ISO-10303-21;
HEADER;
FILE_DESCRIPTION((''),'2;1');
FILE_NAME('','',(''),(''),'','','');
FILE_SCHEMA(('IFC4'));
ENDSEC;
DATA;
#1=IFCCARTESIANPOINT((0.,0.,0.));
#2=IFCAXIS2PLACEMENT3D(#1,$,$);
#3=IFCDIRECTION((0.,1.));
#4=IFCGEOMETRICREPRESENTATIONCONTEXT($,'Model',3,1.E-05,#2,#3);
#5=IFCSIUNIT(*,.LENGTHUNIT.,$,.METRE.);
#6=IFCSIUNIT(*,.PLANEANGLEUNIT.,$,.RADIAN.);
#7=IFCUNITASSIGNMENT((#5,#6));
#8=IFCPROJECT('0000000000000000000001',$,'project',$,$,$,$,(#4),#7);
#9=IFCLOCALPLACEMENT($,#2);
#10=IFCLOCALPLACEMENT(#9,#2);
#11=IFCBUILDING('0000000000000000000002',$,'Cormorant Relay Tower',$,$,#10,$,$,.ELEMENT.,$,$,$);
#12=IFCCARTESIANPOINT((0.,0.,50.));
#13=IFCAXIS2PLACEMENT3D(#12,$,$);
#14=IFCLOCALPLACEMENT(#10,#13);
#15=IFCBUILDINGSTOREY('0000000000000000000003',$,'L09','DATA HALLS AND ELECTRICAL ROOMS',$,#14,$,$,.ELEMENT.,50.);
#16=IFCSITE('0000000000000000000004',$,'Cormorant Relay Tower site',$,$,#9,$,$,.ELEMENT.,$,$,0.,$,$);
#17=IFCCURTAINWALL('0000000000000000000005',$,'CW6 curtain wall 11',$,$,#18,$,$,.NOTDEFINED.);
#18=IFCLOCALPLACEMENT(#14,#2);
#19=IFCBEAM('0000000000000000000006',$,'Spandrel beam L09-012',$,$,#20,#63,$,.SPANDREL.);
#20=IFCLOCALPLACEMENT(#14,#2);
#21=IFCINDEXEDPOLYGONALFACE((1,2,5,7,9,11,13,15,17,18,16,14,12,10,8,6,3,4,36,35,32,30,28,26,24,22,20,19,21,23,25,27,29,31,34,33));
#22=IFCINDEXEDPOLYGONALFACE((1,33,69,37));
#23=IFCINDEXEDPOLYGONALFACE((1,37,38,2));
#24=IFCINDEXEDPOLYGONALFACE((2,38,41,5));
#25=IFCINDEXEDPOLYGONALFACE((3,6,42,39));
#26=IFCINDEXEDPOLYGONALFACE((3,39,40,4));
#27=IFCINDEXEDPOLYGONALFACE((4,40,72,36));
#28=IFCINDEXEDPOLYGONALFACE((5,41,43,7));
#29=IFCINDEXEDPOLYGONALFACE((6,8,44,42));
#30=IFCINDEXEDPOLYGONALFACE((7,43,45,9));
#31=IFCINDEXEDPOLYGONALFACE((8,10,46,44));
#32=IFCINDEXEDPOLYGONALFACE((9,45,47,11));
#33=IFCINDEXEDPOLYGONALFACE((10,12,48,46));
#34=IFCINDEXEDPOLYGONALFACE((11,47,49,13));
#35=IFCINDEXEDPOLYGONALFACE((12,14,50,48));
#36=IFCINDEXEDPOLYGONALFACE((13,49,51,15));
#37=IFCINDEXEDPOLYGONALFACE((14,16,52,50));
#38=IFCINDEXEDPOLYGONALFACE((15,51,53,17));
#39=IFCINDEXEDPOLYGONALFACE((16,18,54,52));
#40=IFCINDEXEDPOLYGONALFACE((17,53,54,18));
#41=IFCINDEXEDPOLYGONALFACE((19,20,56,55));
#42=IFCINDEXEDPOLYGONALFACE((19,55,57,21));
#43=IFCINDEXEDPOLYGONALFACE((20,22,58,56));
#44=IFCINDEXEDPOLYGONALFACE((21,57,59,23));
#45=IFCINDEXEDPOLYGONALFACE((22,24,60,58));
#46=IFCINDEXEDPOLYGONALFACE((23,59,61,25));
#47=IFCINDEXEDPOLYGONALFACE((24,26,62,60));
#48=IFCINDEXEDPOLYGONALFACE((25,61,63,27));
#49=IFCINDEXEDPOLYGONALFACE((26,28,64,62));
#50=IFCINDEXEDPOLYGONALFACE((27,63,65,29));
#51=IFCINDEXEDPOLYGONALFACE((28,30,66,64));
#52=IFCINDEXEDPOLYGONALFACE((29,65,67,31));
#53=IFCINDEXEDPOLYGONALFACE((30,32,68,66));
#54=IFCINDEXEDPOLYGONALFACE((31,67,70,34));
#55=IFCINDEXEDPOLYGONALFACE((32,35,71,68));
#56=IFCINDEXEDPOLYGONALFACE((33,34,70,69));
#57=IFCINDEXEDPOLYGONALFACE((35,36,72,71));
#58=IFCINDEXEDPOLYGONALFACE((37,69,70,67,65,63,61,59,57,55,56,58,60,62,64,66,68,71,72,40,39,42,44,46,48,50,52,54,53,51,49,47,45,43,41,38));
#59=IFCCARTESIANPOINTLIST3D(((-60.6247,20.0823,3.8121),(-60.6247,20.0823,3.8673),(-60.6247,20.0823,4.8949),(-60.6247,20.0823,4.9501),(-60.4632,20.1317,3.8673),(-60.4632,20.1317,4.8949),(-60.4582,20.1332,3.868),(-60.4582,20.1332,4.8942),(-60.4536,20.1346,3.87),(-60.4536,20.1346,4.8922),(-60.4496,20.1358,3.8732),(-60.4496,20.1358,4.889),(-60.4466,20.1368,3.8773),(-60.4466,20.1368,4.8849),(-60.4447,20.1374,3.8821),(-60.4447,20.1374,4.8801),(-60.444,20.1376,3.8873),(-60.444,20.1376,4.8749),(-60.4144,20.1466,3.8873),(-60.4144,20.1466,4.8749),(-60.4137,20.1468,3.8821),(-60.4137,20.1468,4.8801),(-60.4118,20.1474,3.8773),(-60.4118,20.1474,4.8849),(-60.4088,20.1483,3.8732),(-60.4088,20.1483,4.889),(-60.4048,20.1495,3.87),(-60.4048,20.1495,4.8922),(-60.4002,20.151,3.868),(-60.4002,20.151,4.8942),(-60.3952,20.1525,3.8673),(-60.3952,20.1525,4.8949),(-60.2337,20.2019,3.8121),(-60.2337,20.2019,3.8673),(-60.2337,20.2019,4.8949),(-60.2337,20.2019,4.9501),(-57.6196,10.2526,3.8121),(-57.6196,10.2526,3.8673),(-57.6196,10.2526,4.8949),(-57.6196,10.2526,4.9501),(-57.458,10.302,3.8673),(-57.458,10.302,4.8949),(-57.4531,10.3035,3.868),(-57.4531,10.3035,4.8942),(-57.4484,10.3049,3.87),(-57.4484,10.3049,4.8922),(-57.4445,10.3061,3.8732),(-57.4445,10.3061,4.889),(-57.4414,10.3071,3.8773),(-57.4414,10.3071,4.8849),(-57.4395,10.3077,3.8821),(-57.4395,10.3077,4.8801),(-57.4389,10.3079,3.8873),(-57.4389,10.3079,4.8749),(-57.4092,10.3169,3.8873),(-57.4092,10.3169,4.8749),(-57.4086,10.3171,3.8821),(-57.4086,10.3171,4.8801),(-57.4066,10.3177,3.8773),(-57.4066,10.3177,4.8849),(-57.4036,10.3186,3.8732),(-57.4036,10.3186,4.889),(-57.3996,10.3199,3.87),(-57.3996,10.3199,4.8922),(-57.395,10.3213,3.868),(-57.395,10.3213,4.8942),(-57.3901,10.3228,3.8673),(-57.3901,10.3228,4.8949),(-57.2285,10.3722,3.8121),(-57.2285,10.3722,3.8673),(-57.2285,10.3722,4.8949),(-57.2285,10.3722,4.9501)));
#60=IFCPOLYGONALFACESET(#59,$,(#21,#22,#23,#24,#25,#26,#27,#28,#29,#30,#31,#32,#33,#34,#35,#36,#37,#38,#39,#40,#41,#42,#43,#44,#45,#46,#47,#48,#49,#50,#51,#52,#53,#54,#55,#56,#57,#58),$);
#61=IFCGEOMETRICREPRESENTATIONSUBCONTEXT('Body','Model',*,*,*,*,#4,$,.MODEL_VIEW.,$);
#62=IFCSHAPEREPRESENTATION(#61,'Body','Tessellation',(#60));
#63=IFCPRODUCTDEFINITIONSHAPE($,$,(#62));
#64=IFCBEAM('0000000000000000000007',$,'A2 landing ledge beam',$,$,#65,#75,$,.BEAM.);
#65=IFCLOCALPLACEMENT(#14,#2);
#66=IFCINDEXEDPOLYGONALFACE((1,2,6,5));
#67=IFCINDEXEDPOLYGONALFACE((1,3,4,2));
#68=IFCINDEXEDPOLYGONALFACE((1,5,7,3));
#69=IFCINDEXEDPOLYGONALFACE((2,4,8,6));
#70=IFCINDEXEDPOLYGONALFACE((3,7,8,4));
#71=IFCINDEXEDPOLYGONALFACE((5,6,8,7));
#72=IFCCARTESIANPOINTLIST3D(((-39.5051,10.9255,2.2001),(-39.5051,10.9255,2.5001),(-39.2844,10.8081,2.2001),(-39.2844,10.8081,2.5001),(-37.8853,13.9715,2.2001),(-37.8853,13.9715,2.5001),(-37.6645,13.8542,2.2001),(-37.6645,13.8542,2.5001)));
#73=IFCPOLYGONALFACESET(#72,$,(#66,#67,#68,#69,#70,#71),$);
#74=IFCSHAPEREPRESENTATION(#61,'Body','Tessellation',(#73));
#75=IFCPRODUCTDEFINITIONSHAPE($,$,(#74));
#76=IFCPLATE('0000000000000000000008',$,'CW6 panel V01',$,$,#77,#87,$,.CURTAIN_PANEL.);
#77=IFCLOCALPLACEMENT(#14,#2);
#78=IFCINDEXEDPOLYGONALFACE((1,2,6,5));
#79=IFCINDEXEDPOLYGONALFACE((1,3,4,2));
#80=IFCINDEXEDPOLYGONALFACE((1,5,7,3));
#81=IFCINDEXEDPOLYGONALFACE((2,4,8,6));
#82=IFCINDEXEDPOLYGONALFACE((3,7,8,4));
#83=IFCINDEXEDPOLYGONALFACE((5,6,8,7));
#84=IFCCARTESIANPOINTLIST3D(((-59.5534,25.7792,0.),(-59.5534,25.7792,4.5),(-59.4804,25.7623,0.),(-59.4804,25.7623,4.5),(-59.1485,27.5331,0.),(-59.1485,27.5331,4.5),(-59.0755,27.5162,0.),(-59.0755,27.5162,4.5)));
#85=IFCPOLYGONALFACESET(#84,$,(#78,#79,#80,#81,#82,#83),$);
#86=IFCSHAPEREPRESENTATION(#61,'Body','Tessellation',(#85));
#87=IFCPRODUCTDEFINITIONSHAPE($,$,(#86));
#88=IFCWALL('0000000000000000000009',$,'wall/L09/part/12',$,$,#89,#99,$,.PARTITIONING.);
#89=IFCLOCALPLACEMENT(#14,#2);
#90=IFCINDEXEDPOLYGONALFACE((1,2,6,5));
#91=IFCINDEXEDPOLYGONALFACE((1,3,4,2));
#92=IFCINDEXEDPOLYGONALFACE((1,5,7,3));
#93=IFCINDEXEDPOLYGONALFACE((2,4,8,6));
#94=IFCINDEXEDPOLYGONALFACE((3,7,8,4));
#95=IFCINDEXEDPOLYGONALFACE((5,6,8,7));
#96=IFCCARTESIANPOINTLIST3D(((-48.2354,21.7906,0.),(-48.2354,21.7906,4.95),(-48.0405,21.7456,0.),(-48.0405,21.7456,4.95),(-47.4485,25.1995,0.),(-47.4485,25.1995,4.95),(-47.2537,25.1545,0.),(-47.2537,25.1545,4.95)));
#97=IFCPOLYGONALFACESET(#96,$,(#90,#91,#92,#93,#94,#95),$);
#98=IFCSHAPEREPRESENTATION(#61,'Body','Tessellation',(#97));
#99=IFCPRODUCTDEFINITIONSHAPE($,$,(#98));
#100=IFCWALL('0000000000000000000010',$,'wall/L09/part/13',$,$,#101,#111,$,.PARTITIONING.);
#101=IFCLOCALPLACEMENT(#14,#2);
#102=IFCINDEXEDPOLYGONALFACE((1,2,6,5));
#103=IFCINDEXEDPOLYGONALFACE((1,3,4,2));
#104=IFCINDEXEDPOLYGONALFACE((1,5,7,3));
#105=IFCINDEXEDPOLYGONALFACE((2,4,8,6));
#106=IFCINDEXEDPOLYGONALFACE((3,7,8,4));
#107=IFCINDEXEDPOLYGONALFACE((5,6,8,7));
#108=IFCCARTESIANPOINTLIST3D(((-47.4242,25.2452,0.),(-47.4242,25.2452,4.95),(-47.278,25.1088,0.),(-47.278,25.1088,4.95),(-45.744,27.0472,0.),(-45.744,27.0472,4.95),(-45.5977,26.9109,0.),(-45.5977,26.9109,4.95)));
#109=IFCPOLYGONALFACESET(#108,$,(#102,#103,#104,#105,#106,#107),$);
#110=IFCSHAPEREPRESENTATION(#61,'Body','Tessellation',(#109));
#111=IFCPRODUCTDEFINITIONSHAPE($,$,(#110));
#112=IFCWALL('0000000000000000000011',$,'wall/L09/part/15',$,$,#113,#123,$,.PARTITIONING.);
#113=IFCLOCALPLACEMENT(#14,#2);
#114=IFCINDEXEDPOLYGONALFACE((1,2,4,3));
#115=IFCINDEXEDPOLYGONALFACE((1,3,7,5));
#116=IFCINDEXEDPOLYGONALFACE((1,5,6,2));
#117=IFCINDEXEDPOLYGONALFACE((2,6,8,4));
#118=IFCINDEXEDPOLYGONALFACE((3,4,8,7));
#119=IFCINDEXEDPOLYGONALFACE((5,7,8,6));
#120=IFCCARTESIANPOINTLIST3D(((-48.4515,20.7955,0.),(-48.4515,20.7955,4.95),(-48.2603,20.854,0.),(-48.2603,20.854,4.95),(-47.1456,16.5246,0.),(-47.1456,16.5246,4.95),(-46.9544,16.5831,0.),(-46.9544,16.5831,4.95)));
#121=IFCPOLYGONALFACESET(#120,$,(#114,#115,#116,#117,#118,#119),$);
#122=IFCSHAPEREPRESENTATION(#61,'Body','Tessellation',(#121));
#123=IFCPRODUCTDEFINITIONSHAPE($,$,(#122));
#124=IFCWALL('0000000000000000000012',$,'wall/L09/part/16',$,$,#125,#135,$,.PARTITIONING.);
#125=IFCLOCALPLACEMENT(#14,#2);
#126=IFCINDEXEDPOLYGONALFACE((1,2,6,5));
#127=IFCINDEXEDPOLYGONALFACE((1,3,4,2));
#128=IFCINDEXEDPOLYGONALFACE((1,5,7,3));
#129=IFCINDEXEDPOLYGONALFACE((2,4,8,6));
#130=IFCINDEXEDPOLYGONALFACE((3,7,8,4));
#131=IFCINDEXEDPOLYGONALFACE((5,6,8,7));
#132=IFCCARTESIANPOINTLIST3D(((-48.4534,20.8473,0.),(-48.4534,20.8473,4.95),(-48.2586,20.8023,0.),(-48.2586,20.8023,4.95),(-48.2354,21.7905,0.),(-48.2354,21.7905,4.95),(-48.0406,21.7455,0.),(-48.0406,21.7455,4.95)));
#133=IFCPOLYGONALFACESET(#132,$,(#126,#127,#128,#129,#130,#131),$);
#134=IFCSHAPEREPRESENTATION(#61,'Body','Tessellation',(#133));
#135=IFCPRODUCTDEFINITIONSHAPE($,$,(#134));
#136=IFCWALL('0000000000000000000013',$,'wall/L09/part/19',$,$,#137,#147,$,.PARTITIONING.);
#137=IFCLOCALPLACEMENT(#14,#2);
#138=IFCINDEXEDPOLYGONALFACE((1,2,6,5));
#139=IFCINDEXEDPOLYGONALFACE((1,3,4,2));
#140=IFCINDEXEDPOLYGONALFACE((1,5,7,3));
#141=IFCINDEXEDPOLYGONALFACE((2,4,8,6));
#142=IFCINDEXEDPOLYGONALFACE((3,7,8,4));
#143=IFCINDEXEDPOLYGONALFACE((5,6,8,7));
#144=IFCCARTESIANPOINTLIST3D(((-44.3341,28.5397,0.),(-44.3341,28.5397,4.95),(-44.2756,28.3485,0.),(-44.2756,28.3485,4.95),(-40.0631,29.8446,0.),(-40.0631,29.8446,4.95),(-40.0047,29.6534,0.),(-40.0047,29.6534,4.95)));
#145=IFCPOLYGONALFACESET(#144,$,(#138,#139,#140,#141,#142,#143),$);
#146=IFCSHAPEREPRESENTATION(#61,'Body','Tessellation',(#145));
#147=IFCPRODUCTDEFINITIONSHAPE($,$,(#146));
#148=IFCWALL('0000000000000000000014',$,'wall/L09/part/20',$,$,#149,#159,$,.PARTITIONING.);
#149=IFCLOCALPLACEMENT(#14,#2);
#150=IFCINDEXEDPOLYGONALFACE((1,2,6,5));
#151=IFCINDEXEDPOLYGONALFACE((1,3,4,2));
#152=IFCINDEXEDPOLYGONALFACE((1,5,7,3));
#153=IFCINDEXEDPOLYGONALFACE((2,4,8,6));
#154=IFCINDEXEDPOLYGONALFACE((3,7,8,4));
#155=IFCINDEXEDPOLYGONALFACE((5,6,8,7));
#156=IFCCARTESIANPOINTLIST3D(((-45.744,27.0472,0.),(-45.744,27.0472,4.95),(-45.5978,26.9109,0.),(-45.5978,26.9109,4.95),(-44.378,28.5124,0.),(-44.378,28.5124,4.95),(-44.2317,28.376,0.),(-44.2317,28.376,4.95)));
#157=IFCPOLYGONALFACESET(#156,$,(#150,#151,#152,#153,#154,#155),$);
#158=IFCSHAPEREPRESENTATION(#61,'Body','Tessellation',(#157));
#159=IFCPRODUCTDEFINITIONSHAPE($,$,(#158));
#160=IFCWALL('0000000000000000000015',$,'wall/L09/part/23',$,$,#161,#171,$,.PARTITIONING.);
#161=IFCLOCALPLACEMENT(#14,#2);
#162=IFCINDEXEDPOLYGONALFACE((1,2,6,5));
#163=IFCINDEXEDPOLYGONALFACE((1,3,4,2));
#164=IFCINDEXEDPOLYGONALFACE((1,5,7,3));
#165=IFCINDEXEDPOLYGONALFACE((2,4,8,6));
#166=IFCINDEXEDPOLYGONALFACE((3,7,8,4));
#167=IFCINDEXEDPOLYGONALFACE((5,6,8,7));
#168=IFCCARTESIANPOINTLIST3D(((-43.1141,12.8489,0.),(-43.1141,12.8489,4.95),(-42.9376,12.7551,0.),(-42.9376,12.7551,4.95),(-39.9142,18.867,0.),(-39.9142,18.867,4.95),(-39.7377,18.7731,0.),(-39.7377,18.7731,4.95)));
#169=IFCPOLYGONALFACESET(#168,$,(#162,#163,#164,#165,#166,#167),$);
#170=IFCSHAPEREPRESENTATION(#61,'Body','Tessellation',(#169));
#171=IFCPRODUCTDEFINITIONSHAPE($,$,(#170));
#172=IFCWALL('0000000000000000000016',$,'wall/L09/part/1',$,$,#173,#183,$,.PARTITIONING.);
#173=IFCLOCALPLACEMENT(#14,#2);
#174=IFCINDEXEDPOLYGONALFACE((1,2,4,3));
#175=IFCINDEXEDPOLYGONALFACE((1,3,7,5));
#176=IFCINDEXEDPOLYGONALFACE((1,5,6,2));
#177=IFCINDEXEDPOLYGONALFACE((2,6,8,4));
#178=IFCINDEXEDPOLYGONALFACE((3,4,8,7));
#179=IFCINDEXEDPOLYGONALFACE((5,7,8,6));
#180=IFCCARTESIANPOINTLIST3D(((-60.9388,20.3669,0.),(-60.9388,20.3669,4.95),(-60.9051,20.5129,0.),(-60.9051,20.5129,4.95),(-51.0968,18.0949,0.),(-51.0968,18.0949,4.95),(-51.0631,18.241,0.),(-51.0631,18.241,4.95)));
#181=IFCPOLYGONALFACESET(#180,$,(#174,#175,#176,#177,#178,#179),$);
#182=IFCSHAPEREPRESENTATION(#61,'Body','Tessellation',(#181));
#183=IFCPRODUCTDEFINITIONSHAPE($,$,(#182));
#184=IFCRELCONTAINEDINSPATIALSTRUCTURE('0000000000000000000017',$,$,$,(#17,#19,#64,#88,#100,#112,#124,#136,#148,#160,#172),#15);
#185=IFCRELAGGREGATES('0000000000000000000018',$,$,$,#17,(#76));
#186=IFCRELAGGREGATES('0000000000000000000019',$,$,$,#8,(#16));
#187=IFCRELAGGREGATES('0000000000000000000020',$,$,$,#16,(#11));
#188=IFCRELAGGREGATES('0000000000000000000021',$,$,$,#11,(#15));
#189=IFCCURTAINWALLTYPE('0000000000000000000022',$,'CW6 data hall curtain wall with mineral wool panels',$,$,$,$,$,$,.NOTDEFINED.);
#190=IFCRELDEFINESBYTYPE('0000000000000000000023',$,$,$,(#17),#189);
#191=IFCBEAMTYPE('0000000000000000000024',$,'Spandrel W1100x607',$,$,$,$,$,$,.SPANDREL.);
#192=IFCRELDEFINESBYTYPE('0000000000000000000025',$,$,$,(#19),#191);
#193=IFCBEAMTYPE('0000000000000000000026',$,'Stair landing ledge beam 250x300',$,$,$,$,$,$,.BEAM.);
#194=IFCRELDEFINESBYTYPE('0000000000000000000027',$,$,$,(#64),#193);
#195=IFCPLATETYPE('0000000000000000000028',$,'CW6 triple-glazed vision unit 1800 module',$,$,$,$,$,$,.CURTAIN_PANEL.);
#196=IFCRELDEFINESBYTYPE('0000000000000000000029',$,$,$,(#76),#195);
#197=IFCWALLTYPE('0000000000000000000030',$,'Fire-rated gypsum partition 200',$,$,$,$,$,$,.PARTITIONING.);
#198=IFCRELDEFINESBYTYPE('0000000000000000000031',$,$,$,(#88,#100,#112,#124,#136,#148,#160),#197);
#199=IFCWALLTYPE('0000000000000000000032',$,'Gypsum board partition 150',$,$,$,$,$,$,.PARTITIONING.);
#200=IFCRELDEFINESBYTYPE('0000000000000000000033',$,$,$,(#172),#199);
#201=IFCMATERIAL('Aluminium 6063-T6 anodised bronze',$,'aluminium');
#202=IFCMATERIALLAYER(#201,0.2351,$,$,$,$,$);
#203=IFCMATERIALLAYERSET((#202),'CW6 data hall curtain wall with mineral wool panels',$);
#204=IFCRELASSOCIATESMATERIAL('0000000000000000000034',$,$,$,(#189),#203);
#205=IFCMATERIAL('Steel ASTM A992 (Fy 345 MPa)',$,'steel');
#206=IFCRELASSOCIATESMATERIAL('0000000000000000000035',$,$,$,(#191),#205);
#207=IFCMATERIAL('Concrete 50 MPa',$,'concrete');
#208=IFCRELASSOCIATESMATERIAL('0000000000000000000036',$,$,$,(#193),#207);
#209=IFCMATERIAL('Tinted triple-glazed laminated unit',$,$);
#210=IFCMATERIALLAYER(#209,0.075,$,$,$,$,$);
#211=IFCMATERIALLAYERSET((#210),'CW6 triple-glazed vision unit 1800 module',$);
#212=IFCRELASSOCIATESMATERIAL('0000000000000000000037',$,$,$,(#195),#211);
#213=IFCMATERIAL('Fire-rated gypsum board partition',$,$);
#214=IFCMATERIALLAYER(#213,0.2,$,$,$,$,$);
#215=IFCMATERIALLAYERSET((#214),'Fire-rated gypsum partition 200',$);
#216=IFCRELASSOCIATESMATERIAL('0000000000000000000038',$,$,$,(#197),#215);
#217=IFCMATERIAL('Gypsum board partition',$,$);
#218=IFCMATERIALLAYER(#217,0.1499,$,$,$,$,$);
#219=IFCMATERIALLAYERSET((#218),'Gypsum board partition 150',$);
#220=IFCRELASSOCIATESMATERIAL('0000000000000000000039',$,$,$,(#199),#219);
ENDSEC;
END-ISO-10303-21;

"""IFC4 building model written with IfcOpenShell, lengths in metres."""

from ifc_helpers import new_model, si_unit, direction, frame, frame_2d, origin, origin_2d, place, context, subcontext, project, spatial, rectangle, i_section, extrude, material, layer, layer_set, material_profile, profile_set, type_object, element, aggregate, save


model = new_model("IFC4")

# Units and contexts
model_context = context("Model", 3, precision=1e-05, world=origin(), true_north=direction((0.0, 1.0)))
body_context = subcontext(model_context, "Body", "Model", "MODEL_VIEW")
ifc_project = project(units=[si_unit("LENGTHUNIT", "METRE"), si_unit("PLANEANGLEUNIT", "RADIAN")], contexts=[model_context])

# Site, building, storey
site_placement = place(None, origin())
site = spatial("IfcSite", under=ifc_project, at=site_placement, Name="Cormorant Relay Tower site", CompositionType="ELEMENT", RefElevation=0.0)
building_placement = place(site_placement, origin())
building = spatial("IfcBuilding", under=site, at=building_placement, Name="Cormorant Relay Tower", CompositionType="ELEMENT")
storey_placement = place(building_placement, frame((0.0, 0.0, 50.0)))
storey = spatial("IfcBuildingStorey", under=building, at=storey_placement, Name="L09", Description="DATA HALLS AND ELECTRICAL ROOMS", CompositionType="ELEMENT", Elevation=50.0)

# Curtain wall
ifc_material_1 = material(Name="Aluminium 6063-T6 anodised bronze", Category="aluminium")
ifc_layer_1 = layer(ifc_material_1, 0.2351)
ifc_layer_set_1 = layer_set([ifc_layer_1], Name="CW6 data hall curtain wall with mineral wool panels")
curtain_wall_type = type_object("IfcCurtainWallType", Name="CW6 data hall curtain wall with mineral wool panels", PredefinedType="NOTDEFINED", material=ifc_layer_set_1)
curtain_wall_1_placement = place(storey_placement, origin())
curtain_wall_1 = element("IfcCurtainWall", 1, at=curtain_wall_1_placement, inside=storey, type_object=curtain_wall_type, Name="CW6 curtain wall 11", PredefinedType="NOTDEFINED")

# Beams
ifc_material_2 = material(Name="Steel ASTM A992 (Fy 345 MPa)", Category="steel")
ifc_material_profile_1 = material_profile(ifc_material_2, i_section(OverallWidth=0.4089, OverallDepth=1.1379, WebThickness=0.031, FlangeThickness=0.0552, FilletRadius=0.02, at=origin_2d()), Name="W1100x607")
ifc_profile_set_1 = profile_set([ifc_material_profile_1], Name="Steel ASTM A992 (Fy 345 MPa)")
beam_type_1 = type_object("IfcBeamType", Name="Spandrel W1100x607", PredefinedType="SPANDREL", material=ifc_profile_set_1)
beam_1_placement = place(storey_placement, frame((-60.4292, 20.1421, 4.3811), z_axis=(0.292365, -0.956307, 0.0), x_axis=(0.956307, 0.292365, 0.0)))
element("IfcBeam", 2, at=beam_1_placement, inside=storey, type_object=beam_type_1, Name="Spandrel beam L09-012", PredefinedType="SPANDREL", context=body_context, shape_type="SweptSolid", body=[
    extrude(i_section(OverallWidth=0.4089, OverallDepth=1.1379, WebThickness=0.031, FlangeThickness=0.0552, FilletRadius=0.02, at=origin_2d()), origin(), (0.0, 0.0, 1.0), 10.2788),
])
ifc_material_3 = material(Name="Concrete 50 MPa", Category="concrete")
ifc_material_profile_2 = material_profile(ifc_material_3, rectangle(XDim=0.25, YDim=0.3, at=origin_2d()), Name="RC 250x300")
ifc_profile_set_2 = profile_set([ifc_material_profile_2], Name="Concrete 50 MPa")
beam_type_2 = type_object("IfcBeamType", Name="Stair landing ledge beam 250x300", PredefinedType="BEAM", material=ifc_profile_set_2)
beam_2_placement = place(storey_placement, frame((-37.7749, 13.9128, 2.3501), z_axis=(-0.469519, -0.882922, 0.0), x_axis=(0.882922, -0.469519, 0.0)))
element("IfcBeam", 3, at=beam_2_placement, inside=storey, type_object=beam_type_2, Name="A2 landing ledge beam", PredefinedType="BEAM", context=body_context, shape_type="SweptSolid", body=[
    extrude(rectangle(XDim=0.25, YDim=0.3, at=origin_2d()), origin(), (0.0, 0.0, 1.0), 3.45),
])

# Plate
ifc_material_4 = material(Name="Tinted triple-glazed laminated unit")
ifc_layer_2 = layer(ifc_material_4, 0.075)
ifc_layer_set_2 = layer_set([ifc_layer_2], Name="CW6 triple-glazed vision unit 1800 module")
plate_type = type_object("IfcPlateType", Name="CW6 triple-glazed vision unit 1800 module", PredefinedType="CURTAIN_PANEL", material=ifc_layer_set_2)
plate_placement = place(storey_placement, frame((-59.3145, 26.6477, 0.0), z_axis=(0.0, 0.0, 1.0), x_axis=(-0.224951, -0.97437, 0.0)))
plate = element("IfcPlate", 4, at=plate_placement, type_object=plate_type, Name="CW6 panel V01", PredefinedType="CURTAIN_PANEL", context=body_context, shape_type="SweptSolid", body=[
    extrude(rectangle(XDim=1.8, YDim=0.075, at=origin_2d()), origin(), (0.0, 0.0, 1.0), 4.5),
])

# Walls
ifc_material_5 = material(Name="Fire-rated gypsum board partition")
ifc_layer_3 = layer(ifc_material_5, 0.2)
ifc_layer_set_3 = layer_set([ifc_layer_3], Name="Fire-rated gypsum partition 200")
wall_type_1 = type_object("IfcWallType", Name="Fire-rated gypsum partition 200", PredefinedType="PARTITIONING", material=ifc_layer_set_3)
wall_1_placement = place(storey_placement, frame((-48.1379, 21.7681, 0.0), z_axis=(0.0, 0.0, 1.0), x_axis=(0.22491, 0.974379, 0.0)))
element("IfcWall", 5, at=wall_1_placement, inside=storey, type_object=wall_type_1, Name="wall/L09/part/12", PredefinedType="PARTITIONING", context=body_context, shape_type="SweptSolid", body=[
    extrude(rectangle(XDim=3.4985, YDim=0.2, at=frame_2d((1.7493, 0.0))), origin(), (0.0, 0.0, 1.0), 4.95),
])
wall_2_placement = place(storey_placement, frame((-47.3511, 25.177, 0.0), z_axis=(0.0, 0.0, 1.0), x_axis=(0.681951, 0.731398, 0.0)))
element("IfcWall", 6, at=wall_2_placement, inside=storey, type_object=wall_type_1, Name="wall/L09/part/13", PredefinedType="PARTITIONING", context=body_context, shape_type="SweptSolid", body=[
    extrude(rectangle(XDim=2.4639, YDim=0.2, at=frame_2d((1.2319, 0.0))), origin(), (0.0, 0.0, 1.0), 4.95),
])
wall_3_placement = place(storey_placement, frame((-47.05, 16.554, 0.0), z_axis=(0.0, 0.0, 1.0), x_axis=(-0.292399, 0.956296, 0.0)))
element("IfcWall", 7, at=wall_3_placement, inside=storey, type_object=wall_type_1, Name="wall/L09/part/15", PredefinedType="PARTITIONING", context=body_context, shape_type="SweptSolid", body=[
    extrude(rectangle(XDim=4.4661, YDim=0.2, at=frame_2d((2.2329, 0.0))), origin(), (0.0, 0.0, 1.0), 4.95),
])
wall_4_placement = place(storey_placement, frame((-48.356, 20.825, 0.0), z_axis=(0.0, 0.0, 1.0), x_axis=(0.225228, 0.974306, 0.0)))
element("IfcWall", 8, at=wall_4_placement, inside=storey, type_object=wall_type_1, Name="wall/L09/part/16", PredefinedType="PARTITIONING", context=body_context, shape_type="SweptSolid", body=[
    extrude(rectangle(XDim=0.968, YDim=0.2, at=frame_2d((0.4839, 0.0))), origin(), (0.0, 0.0, 1.0), 4.95),
])
wall_5_placement = place(storey_placement, frame((-40.0339, 29.749, 0.0), z_axis=(0.0, 0.0, 1.0), x_axis=(-0.956358, -0.292199, 0.0)))
element("IfcWall", 9, at=wall_5_placement, inside=storey, type_object=wall_type_1, Name="wall/L09/part/19", PredefinedType="PARTITIONING", context=body_context, shape_type="SweptSolid", body=[
    extrude(rectangle(XDim=4.4658, YDim=0.2, at=frame_2d((2.2329, 0.0))), origin(), (0.0, 0.0, 1.0), 4.95),
])
wall_6_placement = place(storey_placement, frame((-44.3049, 28.4441, 0.0), z_axis=(0.0, 0.0, 1.0), x_axis=(-0.681932, -0.731416, 0.0)))
element("IfcWall", 10, at=wall_6_placement, inside=storey, type_object=wall_type_1, Name="wall/L09/part/20", PredefinedType="PARTITIONING", context=body_context, shape_type="SweptSolid", body=[
    extrude(rectangle(XDim=2.0032, YDim=0.2, at=frame_2d((1.0015, 0.0))), origin(), (0.0, 0.0, 1.0), 4.95),
])
wall_7_placement = place(storey_placement, frame((-39.8259, 18.8201, 0.0), z_axis=(0.0, 0.0, 1.0), x_axis=(-0.469482, -0.882942, 0.0)))
element("IfcWall", 11, at=wall_7_placement, inside=storey, type_object=wall_type_1, Name="wall/L09/part/23", PredefinedType="PARTITIONING", context=body_context, shape_type="SweptSolid", body=[
    extrude(rectangle(XDim=6.8159, YDim=0.2, at=frame_2d((3.408, 0.0))), origin(), (0.0, 0.0, 1.0), 4.95),
])
ifc_material_6 = material(Name="Gypsum board partition")
ifc_layer_4 = layer(ifc_material_6, 0.1499)
ifc_layer_set_4 = layer_set([ifc_layer_4], Name="Gypsum board partition 150")
wall_type_2 = type_object("IfcWallType", Name="Gypsum board partition 150", PredefinedType="PARTITIONING", material=ifc_layer_set_4)
wall_8_placement = place(storey_placement, frame((-51.0801, 18.168, 0.0), z_axis=(0.0, 0.0, 1.0), x_axis=(-0.974375, 0.224928, 0.0)))
element("IfcWall", 12, at=wall_8_placement, inside=storey, type_object=wall_type_2, Name="wall/L09/part/1", PredefinedType="PARTITIONING", context=body_context, shape_type="SweptSolid", body=[
    extrude(rectangle(XDim=10.1008, YDim=0.1499, at=frame_2d((5.0503, 0.0))), origin(), (0.0, 0.0, 1.0), 4.95),
])

aggregate(curtain_wall_1, [plate])

save(model, "model.ifc")
